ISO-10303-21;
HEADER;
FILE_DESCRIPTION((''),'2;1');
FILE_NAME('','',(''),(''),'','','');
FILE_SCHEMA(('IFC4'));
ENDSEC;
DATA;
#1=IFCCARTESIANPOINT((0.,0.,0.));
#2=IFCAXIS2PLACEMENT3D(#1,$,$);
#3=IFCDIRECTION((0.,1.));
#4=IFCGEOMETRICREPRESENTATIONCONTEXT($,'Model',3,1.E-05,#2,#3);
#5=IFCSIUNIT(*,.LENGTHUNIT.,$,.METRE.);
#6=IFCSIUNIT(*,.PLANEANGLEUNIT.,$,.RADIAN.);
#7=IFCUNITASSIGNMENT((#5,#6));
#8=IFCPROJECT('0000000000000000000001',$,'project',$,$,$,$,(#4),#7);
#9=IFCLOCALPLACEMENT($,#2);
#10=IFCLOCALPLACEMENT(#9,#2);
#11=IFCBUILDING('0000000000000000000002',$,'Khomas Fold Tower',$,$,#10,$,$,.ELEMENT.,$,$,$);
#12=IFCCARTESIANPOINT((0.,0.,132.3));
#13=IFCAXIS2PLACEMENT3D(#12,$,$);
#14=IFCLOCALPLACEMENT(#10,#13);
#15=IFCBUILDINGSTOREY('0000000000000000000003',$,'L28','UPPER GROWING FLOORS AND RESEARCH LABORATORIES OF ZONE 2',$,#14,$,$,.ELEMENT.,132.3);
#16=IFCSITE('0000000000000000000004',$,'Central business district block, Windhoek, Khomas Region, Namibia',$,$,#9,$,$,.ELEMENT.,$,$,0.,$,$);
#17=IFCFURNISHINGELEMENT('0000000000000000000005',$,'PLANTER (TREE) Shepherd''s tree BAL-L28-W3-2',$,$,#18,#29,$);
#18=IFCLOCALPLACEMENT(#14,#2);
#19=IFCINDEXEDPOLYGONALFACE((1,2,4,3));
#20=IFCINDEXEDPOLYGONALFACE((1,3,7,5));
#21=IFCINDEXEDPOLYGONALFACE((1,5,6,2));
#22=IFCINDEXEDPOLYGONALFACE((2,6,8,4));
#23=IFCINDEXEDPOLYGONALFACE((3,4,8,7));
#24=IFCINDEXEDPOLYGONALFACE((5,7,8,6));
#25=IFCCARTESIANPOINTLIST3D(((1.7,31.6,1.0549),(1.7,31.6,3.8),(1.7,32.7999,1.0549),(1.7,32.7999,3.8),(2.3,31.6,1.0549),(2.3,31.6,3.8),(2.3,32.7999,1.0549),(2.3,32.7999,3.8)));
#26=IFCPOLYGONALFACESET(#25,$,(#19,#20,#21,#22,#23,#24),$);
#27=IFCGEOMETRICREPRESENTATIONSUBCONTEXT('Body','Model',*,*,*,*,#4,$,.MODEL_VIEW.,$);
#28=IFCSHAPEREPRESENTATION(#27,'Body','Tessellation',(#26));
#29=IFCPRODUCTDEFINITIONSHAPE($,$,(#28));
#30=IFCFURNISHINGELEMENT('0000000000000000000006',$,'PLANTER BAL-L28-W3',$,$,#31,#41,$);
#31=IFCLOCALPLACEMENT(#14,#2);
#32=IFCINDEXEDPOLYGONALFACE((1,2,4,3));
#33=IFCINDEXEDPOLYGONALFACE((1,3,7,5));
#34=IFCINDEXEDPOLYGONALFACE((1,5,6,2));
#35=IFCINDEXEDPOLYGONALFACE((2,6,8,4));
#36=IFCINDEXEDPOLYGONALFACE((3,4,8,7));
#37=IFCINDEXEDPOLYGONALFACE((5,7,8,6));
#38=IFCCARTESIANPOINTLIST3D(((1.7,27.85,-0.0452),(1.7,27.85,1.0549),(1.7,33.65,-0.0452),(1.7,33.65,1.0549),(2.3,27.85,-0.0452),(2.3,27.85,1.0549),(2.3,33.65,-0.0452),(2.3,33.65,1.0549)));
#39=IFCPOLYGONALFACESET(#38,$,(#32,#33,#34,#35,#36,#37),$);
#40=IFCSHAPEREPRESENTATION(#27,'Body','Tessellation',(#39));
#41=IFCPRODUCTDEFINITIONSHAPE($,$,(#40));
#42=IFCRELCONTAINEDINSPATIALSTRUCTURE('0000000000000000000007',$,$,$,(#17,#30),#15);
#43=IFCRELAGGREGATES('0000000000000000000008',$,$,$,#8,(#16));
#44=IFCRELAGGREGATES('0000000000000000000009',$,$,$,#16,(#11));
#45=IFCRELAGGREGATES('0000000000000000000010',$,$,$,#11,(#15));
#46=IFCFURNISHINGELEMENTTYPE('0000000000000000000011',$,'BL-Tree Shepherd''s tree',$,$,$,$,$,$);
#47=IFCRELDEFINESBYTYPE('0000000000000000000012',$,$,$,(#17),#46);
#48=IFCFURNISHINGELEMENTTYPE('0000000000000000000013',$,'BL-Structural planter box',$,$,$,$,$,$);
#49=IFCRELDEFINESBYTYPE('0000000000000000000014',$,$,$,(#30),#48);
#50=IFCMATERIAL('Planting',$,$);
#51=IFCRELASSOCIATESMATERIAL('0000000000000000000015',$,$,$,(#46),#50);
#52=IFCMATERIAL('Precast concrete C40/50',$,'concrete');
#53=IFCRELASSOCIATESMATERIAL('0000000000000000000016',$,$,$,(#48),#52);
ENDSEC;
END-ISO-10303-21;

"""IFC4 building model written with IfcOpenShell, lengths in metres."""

from ifc_helpers import new_model, si_unit, direction, frame, origin, origin_2d, place, context, subcontext, project, spatial, rectangle, extrude, source, transform, mapped, material, type_object, element, save


model = new_model("IFC4")

# Units and contexts
model_context = context("Model", 3, precision=1e-05, world=origin(), true_north=direction((0.0, 1.0)))
body_context = subcontext(model_context, "Body", "Model", "MODEL_VIEW")
ifc_project = project(units=[si_unit("LENGTHUNIT", "METRE"), si_unit("PLANEANGLEUNIT", "RADIAN")], contexts=[model_context])

# Site, building, storey
site_placement = place(None, origin())
site = spatial("IfcSite", under=ifc_project, at=site_placement, Name="Central business district block, Windhoek, Khomas Region, Namibia", CompositionType="ELEMENT", RefElevation=0.0)
building_placement = place(site_placement, origin())
building = spatial("IfcBuilding", under=site, at=building_placement, Name="Khomas Fold Tower", CompositionType="ELEMENT")
storey_placement = place(building_placement, frame((0.0, 0.0, 132.3)))
storey = spatial("IfcBuildingStorey", under=building, at=storey_placement, Name="L28", Description="UPPER GROWING FLOORS AND RESEARCH LABORATORIES OF ZONE 2", CompositionType="ELEMENT", Elevation=132.3)

# Furnishing elements
shared_shape_1 = source(origin(), body_context, "Body", "SweptSolid", [
    extrude(rectangle(XDim=1.2, YDim=0.6001, at=origin_2d()), origin(), (0.0, 0.0, 1.0), 2.7451),
])
ifc_material_1 = material(Name="Planting")
furnishing_element_type_1 = type_object("IfcFurnishingElementType", Name="BL-Tree Shepherd's tree", material=ifc_material_1)
furnishing_1_placement = place(storey_placement, frame((2.0, 32.2, 1.0549), z_axis=(0.0, 0.0, 1.0), x_axis=(0.0, 1.0, 0.0)))
element("IfcFurnishingElement", 1, at=furnishing_1_placement, inside=storey, type_object=furnishing_element_type_1, Name="PLANTER (TREE) Shepherd's tree BAL-L28-W3-2", context=body_context, shape_type="MappedRepresentation", body=[
    mapped(shared_shape_1, transform((0.0, 0.0, 0.0))),
])
ifc_material_2 = material(Name="Precast concrete C40/50", Category="concrete")
furnishing_element_type_2 = type_object("IfcFurnishingElementType", Name="BL-Structural planter box", material=ifc_material_2)
shared_shape_2 = source(origin(), body_context, "Body", "SweptSolid", [
    extrude(rectangle(XDim=5.8, YDim=0.6001, at=origin_2d()), origin(), (0.0, 0.0, 1.0), 1.1001),
])
furnishing_2_placement = place(storey_placement, frame((2.0, 30.75, -0.0452), z_axis=(0.0, 0.0, 1.0), x_axis=(0.0, 1.0, 0.0)))
element("IfcFurnishingElement", 2, at=furnishing_2_placement, inside=storey, type_object=furnishing_element_type_2, Name="PLANTER BAL-L28-W3", context=body_context, shape_type="MappedRepresentation", body=[
    mapped(shared_shape_2, transform((0.0, 0.0, 0.0))),
])

save(model, "model.ifc")
